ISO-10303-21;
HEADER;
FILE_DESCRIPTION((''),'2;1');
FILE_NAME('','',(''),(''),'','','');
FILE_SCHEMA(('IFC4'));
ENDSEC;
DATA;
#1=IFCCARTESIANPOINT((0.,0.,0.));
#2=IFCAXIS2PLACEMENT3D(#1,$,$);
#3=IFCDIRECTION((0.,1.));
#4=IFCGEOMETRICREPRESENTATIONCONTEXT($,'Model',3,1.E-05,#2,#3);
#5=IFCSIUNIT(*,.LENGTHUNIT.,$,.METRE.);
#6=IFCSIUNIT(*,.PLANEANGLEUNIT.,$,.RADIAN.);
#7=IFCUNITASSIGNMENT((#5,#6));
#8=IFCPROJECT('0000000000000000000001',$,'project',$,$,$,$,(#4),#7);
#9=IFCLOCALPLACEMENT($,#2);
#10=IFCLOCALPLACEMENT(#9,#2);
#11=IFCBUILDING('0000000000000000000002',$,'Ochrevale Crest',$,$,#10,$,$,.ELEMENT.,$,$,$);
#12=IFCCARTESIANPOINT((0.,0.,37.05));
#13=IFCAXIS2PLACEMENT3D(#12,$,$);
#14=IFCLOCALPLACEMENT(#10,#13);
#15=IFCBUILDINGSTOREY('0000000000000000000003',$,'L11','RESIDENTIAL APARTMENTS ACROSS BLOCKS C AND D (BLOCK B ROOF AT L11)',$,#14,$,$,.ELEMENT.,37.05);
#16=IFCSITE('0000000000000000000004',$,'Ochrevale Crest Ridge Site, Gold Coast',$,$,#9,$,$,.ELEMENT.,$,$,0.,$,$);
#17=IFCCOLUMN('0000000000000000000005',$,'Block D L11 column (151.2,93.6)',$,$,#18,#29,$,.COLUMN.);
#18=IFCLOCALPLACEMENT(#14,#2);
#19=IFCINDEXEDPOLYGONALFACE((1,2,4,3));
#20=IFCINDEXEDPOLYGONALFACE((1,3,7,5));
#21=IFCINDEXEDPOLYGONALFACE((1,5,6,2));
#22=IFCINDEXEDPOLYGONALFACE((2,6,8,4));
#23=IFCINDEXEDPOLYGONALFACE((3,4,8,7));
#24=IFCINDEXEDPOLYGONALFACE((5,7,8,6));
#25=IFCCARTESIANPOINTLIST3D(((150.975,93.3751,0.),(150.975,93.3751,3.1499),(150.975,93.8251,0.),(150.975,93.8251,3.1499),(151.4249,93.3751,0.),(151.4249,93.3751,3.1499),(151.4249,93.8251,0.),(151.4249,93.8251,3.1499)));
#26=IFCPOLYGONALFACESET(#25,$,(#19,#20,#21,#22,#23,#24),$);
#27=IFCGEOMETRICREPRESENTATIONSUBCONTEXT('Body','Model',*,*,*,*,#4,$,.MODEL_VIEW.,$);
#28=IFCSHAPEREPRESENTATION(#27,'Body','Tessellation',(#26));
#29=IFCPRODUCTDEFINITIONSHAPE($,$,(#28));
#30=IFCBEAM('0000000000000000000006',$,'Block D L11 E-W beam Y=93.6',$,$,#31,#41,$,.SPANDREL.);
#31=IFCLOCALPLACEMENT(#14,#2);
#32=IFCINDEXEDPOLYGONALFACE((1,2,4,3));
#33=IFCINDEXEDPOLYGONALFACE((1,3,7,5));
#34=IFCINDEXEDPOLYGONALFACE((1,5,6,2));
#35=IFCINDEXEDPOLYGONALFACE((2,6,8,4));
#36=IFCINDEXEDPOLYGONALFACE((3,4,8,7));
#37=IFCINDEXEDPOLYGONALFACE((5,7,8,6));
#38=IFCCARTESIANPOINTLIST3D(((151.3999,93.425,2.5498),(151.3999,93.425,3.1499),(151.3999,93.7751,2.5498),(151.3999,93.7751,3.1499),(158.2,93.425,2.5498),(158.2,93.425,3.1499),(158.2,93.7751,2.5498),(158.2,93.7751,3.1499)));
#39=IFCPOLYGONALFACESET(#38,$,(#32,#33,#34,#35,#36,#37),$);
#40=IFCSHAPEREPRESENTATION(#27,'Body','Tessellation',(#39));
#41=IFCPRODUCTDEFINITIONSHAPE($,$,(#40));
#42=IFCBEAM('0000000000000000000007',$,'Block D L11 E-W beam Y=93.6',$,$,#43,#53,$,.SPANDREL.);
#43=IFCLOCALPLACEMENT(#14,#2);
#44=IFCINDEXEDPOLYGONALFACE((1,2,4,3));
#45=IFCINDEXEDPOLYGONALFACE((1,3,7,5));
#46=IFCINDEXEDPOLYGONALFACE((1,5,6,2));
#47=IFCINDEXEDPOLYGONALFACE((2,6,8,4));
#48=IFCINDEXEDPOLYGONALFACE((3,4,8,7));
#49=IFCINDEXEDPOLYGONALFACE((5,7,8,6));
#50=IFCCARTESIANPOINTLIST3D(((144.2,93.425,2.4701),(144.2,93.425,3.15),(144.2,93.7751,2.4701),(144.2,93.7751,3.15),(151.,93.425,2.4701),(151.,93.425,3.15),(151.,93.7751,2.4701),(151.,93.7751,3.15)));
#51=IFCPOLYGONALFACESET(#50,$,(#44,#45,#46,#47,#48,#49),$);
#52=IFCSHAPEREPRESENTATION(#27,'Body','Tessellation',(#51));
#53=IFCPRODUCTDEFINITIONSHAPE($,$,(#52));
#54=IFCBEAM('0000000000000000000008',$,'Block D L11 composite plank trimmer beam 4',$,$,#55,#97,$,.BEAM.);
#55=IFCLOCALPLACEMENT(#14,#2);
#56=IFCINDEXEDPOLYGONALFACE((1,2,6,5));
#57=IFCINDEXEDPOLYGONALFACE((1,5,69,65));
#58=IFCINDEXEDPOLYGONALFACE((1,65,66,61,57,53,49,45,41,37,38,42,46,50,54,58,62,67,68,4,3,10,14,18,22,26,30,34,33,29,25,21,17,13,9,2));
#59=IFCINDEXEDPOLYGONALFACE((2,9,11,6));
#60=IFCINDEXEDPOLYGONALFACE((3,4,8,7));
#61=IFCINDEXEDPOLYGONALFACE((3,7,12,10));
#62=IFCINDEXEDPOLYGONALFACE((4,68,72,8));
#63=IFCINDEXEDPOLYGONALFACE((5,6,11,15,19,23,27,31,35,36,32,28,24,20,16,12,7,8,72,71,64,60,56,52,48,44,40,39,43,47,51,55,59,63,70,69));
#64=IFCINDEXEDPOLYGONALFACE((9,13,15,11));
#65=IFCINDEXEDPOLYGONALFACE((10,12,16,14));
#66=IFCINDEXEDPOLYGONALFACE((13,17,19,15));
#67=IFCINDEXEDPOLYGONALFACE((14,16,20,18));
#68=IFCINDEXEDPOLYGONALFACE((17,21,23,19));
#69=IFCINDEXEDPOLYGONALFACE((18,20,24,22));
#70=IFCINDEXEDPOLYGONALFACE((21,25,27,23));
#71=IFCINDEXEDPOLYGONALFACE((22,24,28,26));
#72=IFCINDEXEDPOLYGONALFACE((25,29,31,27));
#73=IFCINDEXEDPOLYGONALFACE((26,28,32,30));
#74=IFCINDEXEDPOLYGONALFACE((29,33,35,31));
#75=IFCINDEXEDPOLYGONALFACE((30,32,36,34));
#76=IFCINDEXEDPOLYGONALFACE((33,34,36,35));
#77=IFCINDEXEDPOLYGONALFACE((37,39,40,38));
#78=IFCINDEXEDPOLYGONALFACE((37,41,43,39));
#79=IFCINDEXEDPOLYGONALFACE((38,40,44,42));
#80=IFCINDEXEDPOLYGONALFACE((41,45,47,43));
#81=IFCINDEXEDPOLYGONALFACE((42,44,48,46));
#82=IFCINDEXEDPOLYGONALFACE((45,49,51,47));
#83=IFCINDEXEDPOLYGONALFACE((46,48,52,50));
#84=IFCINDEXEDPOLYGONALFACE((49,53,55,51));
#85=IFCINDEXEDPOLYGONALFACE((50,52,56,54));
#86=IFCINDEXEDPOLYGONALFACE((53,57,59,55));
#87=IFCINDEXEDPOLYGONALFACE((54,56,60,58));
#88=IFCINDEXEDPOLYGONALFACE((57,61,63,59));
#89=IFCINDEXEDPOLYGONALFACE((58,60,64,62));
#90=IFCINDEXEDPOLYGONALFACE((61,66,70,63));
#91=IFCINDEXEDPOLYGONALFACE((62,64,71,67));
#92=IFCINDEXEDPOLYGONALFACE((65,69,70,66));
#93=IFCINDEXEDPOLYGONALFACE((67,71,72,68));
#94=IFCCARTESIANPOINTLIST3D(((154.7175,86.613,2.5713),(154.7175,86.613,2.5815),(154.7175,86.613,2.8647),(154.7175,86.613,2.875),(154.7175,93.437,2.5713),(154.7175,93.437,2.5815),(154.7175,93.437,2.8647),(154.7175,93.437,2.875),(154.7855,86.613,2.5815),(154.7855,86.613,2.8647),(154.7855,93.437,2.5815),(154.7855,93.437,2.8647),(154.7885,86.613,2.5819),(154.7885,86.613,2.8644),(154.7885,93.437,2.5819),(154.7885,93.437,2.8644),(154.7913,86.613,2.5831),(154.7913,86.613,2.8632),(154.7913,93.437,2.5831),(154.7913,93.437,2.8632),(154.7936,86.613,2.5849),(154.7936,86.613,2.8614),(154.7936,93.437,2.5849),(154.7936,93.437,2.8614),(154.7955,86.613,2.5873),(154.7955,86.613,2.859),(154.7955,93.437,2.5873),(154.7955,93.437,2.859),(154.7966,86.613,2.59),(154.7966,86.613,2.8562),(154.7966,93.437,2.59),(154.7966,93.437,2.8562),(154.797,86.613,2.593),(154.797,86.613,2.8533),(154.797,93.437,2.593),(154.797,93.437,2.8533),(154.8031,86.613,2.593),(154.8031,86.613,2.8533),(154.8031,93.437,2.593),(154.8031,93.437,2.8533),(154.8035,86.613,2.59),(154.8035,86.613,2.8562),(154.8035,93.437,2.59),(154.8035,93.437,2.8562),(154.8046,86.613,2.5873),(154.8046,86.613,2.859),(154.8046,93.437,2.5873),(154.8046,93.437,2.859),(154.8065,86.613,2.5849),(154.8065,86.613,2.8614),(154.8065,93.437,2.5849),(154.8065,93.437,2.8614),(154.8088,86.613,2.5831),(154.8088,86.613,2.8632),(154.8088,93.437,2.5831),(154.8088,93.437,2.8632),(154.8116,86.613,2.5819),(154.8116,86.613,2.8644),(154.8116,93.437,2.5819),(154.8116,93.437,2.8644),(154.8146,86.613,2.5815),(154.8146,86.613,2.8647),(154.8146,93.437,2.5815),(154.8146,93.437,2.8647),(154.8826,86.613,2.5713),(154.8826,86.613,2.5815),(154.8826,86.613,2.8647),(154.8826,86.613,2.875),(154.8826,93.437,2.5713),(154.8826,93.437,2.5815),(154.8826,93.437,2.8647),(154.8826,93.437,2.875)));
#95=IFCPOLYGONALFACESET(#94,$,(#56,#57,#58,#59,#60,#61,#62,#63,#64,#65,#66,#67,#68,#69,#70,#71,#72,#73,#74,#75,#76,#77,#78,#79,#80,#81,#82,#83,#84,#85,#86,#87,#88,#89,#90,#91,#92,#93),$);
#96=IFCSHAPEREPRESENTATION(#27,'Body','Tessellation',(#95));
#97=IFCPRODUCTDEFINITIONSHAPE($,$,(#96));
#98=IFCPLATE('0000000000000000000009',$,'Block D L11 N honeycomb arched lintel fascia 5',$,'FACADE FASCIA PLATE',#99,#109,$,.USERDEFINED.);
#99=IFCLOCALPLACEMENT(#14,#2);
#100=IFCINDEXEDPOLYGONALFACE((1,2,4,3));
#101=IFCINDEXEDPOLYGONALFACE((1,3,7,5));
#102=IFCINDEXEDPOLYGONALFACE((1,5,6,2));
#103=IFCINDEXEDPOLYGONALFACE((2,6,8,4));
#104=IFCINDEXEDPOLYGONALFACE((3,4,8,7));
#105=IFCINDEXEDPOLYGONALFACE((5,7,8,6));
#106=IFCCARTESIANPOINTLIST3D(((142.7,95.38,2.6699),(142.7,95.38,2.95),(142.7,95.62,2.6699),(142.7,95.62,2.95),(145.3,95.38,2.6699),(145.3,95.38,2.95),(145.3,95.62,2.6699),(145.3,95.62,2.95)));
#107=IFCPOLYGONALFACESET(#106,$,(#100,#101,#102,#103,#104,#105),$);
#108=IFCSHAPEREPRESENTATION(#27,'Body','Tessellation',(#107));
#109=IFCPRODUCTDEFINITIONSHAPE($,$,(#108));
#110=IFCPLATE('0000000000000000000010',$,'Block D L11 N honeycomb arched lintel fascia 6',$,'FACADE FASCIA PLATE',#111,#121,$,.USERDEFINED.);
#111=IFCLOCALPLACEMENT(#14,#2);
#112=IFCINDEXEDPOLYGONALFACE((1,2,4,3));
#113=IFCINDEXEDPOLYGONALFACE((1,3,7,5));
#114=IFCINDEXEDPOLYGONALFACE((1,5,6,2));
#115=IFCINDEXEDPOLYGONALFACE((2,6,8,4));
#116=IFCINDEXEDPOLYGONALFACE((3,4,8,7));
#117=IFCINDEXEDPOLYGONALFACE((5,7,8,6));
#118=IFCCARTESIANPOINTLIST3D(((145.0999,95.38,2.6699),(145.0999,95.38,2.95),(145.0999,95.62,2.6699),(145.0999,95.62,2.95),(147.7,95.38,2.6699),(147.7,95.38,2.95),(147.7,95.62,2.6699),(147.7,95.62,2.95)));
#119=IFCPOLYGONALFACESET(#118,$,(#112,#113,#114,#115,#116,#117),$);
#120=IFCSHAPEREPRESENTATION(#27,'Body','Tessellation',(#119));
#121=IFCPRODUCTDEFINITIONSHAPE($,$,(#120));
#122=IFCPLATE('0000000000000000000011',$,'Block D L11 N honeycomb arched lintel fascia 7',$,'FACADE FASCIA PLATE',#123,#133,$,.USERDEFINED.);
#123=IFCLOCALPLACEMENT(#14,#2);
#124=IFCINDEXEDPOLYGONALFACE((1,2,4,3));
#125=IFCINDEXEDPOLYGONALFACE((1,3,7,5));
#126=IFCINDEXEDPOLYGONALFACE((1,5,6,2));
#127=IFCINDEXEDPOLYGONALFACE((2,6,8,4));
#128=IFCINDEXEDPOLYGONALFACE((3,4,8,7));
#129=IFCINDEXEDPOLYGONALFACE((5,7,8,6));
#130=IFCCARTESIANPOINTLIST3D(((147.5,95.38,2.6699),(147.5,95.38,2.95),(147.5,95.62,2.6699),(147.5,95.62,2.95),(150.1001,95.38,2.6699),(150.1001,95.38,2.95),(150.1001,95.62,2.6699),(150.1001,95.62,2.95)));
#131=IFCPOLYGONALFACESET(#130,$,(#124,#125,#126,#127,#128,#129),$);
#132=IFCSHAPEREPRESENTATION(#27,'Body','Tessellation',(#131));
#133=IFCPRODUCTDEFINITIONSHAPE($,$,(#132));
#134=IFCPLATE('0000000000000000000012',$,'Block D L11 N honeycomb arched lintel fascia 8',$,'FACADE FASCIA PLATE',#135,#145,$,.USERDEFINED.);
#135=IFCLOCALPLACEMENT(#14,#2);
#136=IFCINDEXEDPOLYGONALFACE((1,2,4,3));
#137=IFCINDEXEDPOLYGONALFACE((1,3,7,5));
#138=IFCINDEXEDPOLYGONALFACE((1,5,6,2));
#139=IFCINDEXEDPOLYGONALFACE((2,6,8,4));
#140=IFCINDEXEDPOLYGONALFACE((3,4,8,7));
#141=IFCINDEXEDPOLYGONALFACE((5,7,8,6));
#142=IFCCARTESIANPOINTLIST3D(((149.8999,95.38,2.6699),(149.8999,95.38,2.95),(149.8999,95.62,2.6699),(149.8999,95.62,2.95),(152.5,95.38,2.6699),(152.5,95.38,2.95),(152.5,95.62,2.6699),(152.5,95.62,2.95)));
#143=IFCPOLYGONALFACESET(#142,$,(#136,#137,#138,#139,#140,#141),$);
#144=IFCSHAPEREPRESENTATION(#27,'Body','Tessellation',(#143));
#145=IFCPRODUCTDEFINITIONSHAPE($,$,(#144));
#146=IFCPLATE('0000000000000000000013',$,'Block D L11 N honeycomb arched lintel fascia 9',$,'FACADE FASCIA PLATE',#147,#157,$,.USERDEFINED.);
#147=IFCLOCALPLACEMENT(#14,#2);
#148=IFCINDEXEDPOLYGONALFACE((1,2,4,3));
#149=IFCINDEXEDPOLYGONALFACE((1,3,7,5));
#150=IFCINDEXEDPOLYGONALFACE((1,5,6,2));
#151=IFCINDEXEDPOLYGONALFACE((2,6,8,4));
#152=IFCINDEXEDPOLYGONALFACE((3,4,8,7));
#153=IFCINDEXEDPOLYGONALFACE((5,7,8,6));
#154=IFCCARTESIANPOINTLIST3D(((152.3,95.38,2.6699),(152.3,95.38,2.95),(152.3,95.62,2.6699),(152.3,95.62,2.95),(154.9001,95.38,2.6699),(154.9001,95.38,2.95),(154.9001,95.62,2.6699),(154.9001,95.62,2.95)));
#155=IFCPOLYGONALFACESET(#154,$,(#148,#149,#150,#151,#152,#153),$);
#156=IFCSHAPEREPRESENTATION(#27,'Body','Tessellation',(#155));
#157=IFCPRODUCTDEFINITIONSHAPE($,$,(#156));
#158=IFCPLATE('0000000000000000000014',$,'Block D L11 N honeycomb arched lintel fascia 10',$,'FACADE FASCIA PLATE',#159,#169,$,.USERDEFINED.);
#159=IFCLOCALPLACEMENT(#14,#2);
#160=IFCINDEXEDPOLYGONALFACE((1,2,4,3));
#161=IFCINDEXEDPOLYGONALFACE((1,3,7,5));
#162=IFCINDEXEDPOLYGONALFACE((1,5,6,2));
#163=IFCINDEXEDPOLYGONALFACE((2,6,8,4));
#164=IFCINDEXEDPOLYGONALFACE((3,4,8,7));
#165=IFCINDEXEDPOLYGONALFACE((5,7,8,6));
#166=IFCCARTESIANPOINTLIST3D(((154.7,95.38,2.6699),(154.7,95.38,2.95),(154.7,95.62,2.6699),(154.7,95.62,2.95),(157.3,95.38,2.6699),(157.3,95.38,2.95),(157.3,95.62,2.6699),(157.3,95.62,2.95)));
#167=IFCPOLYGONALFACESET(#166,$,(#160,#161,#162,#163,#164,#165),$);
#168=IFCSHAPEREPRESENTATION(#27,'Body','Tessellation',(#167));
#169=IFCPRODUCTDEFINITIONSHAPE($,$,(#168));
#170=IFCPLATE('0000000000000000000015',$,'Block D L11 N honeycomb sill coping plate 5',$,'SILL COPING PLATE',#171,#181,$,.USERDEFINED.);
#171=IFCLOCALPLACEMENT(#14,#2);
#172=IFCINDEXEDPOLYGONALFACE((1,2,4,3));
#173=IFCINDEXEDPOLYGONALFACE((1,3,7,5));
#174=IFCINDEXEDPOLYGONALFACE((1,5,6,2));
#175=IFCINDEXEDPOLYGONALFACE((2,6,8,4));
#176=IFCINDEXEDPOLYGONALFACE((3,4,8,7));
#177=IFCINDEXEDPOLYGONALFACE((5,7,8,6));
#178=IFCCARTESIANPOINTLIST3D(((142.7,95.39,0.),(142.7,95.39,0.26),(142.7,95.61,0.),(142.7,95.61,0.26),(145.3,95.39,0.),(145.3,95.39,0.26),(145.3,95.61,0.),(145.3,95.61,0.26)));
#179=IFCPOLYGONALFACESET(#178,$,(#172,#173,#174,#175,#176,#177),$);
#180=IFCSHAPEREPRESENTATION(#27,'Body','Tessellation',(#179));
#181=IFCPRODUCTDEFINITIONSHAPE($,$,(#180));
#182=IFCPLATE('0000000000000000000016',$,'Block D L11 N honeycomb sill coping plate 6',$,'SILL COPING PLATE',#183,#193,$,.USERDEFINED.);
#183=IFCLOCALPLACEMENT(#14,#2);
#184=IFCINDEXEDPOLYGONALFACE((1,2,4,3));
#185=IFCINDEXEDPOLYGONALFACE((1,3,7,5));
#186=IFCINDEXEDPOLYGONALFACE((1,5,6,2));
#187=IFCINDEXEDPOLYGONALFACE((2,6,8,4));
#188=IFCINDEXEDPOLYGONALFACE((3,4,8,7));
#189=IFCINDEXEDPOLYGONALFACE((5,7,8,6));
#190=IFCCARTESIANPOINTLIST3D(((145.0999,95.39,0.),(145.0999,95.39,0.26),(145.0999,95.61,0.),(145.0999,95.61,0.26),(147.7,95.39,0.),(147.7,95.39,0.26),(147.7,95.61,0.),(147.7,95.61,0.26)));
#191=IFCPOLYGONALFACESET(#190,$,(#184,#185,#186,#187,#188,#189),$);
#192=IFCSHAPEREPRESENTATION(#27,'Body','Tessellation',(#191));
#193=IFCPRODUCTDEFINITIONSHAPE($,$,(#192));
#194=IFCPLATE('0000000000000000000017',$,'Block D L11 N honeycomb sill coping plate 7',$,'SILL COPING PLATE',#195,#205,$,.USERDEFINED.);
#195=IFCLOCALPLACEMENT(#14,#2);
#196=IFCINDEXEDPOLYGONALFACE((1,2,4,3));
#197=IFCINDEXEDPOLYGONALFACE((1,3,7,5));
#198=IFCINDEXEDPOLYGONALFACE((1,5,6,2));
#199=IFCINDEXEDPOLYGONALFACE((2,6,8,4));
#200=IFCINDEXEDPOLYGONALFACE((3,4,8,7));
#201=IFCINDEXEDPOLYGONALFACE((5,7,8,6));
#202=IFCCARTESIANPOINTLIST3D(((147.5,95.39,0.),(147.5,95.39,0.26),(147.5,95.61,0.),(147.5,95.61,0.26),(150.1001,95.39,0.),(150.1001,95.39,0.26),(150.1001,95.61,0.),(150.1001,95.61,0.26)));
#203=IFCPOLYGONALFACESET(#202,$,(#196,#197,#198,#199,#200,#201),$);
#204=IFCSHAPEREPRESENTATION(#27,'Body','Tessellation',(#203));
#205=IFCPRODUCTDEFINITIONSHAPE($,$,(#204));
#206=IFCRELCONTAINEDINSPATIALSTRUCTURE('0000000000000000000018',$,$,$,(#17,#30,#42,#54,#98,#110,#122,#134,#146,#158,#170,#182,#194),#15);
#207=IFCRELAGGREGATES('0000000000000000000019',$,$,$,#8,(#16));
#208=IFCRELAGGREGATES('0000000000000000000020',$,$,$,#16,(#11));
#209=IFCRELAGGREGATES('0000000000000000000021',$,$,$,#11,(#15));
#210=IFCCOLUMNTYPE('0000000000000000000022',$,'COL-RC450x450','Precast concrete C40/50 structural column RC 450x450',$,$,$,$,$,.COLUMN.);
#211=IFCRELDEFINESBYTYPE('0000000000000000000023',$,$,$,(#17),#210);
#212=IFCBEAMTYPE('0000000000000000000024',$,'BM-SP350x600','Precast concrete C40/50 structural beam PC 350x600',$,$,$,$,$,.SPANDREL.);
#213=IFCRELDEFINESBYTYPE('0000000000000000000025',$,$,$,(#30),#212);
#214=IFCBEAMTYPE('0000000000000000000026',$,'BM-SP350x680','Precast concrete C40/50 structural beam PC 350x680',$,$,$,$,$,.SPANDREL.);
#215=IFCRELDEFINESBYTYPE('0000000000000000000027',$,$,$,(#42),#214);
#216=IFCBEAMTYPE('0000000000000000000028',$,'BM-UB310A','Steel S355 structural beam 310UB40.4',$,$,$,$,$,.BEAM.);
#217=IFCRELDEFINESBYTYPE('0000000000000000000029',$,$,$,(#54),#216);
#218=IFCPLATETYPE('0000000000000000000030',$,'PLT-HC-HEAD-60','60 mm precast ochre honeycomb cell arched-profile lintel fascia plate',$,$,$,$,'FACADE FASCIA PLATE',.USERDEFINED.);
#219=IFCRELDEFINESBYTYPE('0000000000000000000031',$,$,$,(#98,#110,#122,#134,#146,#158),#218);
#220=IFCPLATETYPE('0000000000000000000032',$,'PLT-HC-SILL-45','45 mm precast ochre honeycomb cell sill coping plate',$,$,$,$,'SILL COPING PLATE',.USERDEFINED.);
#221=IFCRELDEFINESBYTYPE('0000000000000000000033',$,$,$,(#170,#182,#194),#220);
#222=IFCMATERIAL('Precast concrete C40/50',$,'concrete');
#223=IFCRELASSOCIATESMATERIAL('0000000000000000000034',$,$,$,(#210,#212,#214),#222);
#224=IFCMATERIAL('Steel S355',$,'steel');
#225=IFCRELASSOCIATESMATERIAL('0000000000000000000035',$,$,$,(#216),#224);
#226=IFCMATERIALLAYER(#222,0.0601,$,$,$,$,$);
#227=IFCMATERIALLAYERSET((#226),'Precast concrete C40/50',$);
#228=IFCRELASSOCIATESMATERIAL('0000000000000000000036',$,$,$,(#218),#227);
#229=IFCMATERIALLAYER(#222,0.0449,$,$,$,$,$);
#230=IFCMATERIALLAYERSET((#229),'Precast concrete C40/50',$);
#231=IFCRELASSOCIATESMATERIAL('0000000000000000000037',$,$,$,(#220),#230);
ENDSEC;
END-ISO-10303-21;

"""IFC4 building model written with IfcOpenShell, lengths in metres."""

from ifc_helpers import new_model, si_unit, direction, frame, origin, origin_2d, place, context, subcontext, project, spatial, rectangle, i_section, extrude, material, layer, layer_set, material_profile, profile_set, type_object, element, save


model = new_model("IFC4")

# Units and contexts
model_context = context("Model", 3, precision=1e-05, world=origin(), true_north=direction((0.0, 1.0)))
body_context = subcontext(model_context, "Body", "Model", "MODEL_VIEW")
ifc_project = project(units=[si_unit("LENGTHUNIT", "METRE"), si_unit("PLANEANGLEUNIT", "RADIAN")], contexts=[model_context])

# Site, building, storey
site_placement = place(None, origin())
site = spatial("IfcSite", under=ifc_project, at=site_placement, Name="Ochrevale Crest Ridge Site, Gold Coast", CompositionType="ELEMENT", RefElevation=0.0)
building_placement = place(site_placement, origin())
building = spatial("IfcBuilding", under=site, at=building_placement, Name="Ochrevale Crest", CompositionType="ELEMENT")
storey_placement = place(building_placement, frame((0.0, 0.0, 37.05)))
storey = spatial("IfcBuildingStorey", under=building, at=storey_placement, Name="L11", Description="RESIDENTIAL APARTMENTS ACROSS BLOCKS C AND D (BLOCK B ROOF AT L11)", CompositionType="ELEMENT", Elevation=37.05)

# Column
ifc_material_1 = material(Name="Precast concrete C40/50", Category="concrete")
ifc_material_profile_1 = material_profile(ifc_material_1, rectangle(XDim=0.45, YDim=0.45, at=origin_2d()), Name="RC 450x450")
ifc_profile_set_1 = profile_set([ifc_material_profile_1], Name="Precast concrete C40/50")
column_type = type_object("IfcColumnType", Name="COL-RC450x450", Description="Precast concrete C40/50 structural column RC 450x450", PredefinedType="COLUMN", material=ifc_profile_set_1)
column_placement = place(storey_placement, frame((151.2, 93.6001, 0.0), z_axis=(0.0, 0.0, 1.0), x_axis=(1.0, 0.0, 0.0)))
element("IfcColumn", 1, at=column_placement, inside=storey, type_object=column_type, Name="Block D L11 column (151.2,93.6)", PredefinedType="COLUMN", context=body_context, shape_type="SweptSolid", body=[
    extrude(rectangle(XDim=0.45, YDim=0.45, at=origin_2d()), origin(), (0.0, 0.0, 1.0), 3.1499),
])

# Beams
ifc_material_profile_2 = material_profile(ifc_material_1, rectangle(XDim=0.3501, YDim=0.6001, at=origin_2d()), Name="PC 350x600")
ifc_profile_set_2 = profile_set([ifc_material_profile_2], Name="Precast concrete C40/50")
beam_type_1 = type_object("IfcBeamType", Name="BM-SP350x600", Description="Precast concrete C40/50 structural beam PC 350x600", PredefinedType="SPANDREL", material=ifc_profile_set_2)
beam_1_placement = place(storey_placement, frame((151.3999, 93.6001, 2.8499), z_axis=(1.0, 0.0, 0.0), x_axis=(0.0, 1.0, 0.0)))
element("IfcBeam", 2, at=beam_1_placement, inside=storey, type_object=beam_type_1, Name="Block D L11 E-W beam Y=93.6", PredefinedType="SPANDREL", context=body_context, shape_type="SweptSolid", body=[
    extrude(rectangle(XDim=0.3501, YDim=0.6001, at=origin_2d()), origin(), (0.0, 0.0, 1.0), 6.8),
])
ifc_material_profile_3 = material_profile(ifc_material_1, rectangle(XDim=0.3501, YDim=0.6799, at=origin_2d()), Name="PC 350x680")
ifc_profile_set_3 = profile_set([ifc_material_profile_3], Name="Precast concrete C40/50")
beam_type_2 = type_object("IfcBeamType", Name="BM-SP350x680", Description="Precast concrete C40/50 structural beam PC 350x680", PredefinedType="SPANDREL", material=ifc_profile_set_3)
beam_2_placement = place(storey_placement, frame((144.2, 93.6001, 2.8101), z_axis=(1.0, 0.0, 0.0), x_axis=(0.0, 1.0, 0.0)))
element("IfcBeam", 3, at=beam_2_placement, inside=storey, type_object=beam_type_2, Name="Block D L11 E-W beam Y=93.6", PredefinedType="SPANDREL", context=body_context, shape_type="SweptSolid", body=[
    extrude(rectangle(XDim=0.3501, YDim=0.6799, at=origin_2d()), origin(), (0.0, 0.0, 1.0), 6.8),
])
ifc_material_2 = material(Name="Steel S355", Category="steel")
ifc_material_profile_4 = material_profile(ifc_material_2, i_section(OverallWidth=0.165, OverallDepth=0.3037, WebThickness=0.0061, FlangeThickness=0.0103, FilletRadius=0.0115, at=origin_2d()), Name="310UB40.4")
ifc_profile_set_4 = profile_set([ifc_material_profile_4], Name="Steel S355")
beam_type_3 = type_object("IfcBeamType", Name="BM-UB310A", Description="Steel S355 structural beam 310UB40.4", PredefinedType="BEAM", material=ifc_profile_set_4)
beam_3_placement = place(storey_placement, frame((154.8, 86.613, 2.7231), z_axis=(0.0, 1.0, 0.0), x_axis=(-1.0, 0.0, 0.0)))
element("IfcBeam", 4, at=beam_3_placement, inside=storey, type_object=beam_type_3, Name="Block D L11 composite plank trimmer beam 4", PredefinedType="BEAM", context=body_context, shape_type="SweptSolid", body=[
    extrude(i_section(OverallWidth=0.165, OverallDepth=0.3037, WebThickness=0.0061, FlangeThickness=0.0103, FilletRadius=0.0115, at=origin_2d()), origin(), (0.0, 0.0, 1.0), 6.824),
])

# Plates
ifc_layer_1 = layer(ifc_material_1, 0.0601)
ifc_layer_set_1 = layer_set([ifc_layer_1], Name="Precast concrete C40/50")
plate_type_1 = type_object("IfcPlateType", Name="PLT-HC-HEAD-60", Description="60 mm precast ochre honeycomb cell arched-profile lintel fascia plate", ElementType="FACADE FASCIA PLATE", PredefinedType="USERDEFINED", material=ifc_layer_set_1)
for number, where, z_axis, x_axis, name in (
    (5, (144.0, 95.5, 2.6699), (0.0, 0.0, 1.0), (1.0, 0.0, 0.0), "Block D L11 N honeycomb arched lintel fascia 5"),
    (6, (146.3999, 95.5, 2.6699), (0.0, 0.0, 1.0), (1.0, 0.0, 0.0), "Block D L11 N honeycomb arched lintel fascia 6"),
    (7, (148.8, 95.5, 2.6699), (0.0, 0.0, 1.0), (1.0, 0.0, 0.0), "Block D L11 N honeycomb arched lintel fascia 7"),
    (8, (151.2, 95.5, 2.6699), (0.0, 0.0, 1.0), (1.0, 0.0, 0.0), "Block D L11 N honeycomb arched lintel fascia 8"),
    (9, (153.6001, 95.5, 2.6699), (0.0, 0.0, 1.0), (1.0, 0.0, 0.0), "Block D L11 N honeycomb arched lintel fascia 9"),
    (10, (156.0, 95.5, 2.6699), (0.0, 0.0, 1.0), (1.0, 0.0, 0.0), "Block D L11 N honeycomb arched lintel fascia 10"),
):
    element("IfcPlate", number, at=place(storey_placement, frame(where, z_axis=z_axis, x_axis=x_axis)), inside=storey, type_object=plate_type_1, Name=name, ObjectType="FACADE FASCIA PLATE", PredefinedType="USERDEFINED", context=body_context, shape_type="SweptSolid", body=[
        extrude(rectangle(XDim=2.6001, YDim=0.24, at=origin_2d()), origin(), (0.0, 0.0, 1.0), 0.28),
    ])
ifc_layer_2 = layer(ifc_material_1, 0.0449)
ifc_layer_set_2 = layer_set([ifc_layer_2], Name="Precast concrete C40/50")
plate_type_2 = type_object("IfcPlateType", Name="PLT-HC-SILL-45", Description="45 mm precast ochre honeycomb cell sill coping plate", ElementType="SILL COPING PLATE", PredefinedType="USERDEFINED", material=ifc_layer_set_2)
for number, where, z_axis, x_axis, name in (
    (11, (144.0, 95.5, 0.0), (0.0, 0.0, 1.0), (1.0, 0.0, 0.0), "Block D L11 N honeycomb sill coping plate 5"),
    (12, (146.3999, 95.5, 0.0), (0.0, 0.0, 1.0), (1.0, 0.0, 0.0), "Block D L11 N honeycomb sill coping plate 6"),
    (13, (148.8, 95.5, 0.0), (0.0, 0.0, 1.0), (1.0, 0.0, 0.0), "Block D L11 N honeycomb sill coping plate 7"),
):
    element("IfcPlate", number, at=place(storey_placement, frame(where, z_axis=z_axis, x_axis=x_axis)), inside=storey, type_object=plate_type_2, Name=name, ObjectType="SILL COPING PLATE", PredefinedType="USERDEFINED", context=body_context, shape_type="SweptSolid", body=[
        extrude(rectangle(XDim=2.6001, YDim=0.22, at=origin_2d()), origin(), (0.0, 0.0, 1.0), 0.26),
    ])

save(model, "model.ifc")
